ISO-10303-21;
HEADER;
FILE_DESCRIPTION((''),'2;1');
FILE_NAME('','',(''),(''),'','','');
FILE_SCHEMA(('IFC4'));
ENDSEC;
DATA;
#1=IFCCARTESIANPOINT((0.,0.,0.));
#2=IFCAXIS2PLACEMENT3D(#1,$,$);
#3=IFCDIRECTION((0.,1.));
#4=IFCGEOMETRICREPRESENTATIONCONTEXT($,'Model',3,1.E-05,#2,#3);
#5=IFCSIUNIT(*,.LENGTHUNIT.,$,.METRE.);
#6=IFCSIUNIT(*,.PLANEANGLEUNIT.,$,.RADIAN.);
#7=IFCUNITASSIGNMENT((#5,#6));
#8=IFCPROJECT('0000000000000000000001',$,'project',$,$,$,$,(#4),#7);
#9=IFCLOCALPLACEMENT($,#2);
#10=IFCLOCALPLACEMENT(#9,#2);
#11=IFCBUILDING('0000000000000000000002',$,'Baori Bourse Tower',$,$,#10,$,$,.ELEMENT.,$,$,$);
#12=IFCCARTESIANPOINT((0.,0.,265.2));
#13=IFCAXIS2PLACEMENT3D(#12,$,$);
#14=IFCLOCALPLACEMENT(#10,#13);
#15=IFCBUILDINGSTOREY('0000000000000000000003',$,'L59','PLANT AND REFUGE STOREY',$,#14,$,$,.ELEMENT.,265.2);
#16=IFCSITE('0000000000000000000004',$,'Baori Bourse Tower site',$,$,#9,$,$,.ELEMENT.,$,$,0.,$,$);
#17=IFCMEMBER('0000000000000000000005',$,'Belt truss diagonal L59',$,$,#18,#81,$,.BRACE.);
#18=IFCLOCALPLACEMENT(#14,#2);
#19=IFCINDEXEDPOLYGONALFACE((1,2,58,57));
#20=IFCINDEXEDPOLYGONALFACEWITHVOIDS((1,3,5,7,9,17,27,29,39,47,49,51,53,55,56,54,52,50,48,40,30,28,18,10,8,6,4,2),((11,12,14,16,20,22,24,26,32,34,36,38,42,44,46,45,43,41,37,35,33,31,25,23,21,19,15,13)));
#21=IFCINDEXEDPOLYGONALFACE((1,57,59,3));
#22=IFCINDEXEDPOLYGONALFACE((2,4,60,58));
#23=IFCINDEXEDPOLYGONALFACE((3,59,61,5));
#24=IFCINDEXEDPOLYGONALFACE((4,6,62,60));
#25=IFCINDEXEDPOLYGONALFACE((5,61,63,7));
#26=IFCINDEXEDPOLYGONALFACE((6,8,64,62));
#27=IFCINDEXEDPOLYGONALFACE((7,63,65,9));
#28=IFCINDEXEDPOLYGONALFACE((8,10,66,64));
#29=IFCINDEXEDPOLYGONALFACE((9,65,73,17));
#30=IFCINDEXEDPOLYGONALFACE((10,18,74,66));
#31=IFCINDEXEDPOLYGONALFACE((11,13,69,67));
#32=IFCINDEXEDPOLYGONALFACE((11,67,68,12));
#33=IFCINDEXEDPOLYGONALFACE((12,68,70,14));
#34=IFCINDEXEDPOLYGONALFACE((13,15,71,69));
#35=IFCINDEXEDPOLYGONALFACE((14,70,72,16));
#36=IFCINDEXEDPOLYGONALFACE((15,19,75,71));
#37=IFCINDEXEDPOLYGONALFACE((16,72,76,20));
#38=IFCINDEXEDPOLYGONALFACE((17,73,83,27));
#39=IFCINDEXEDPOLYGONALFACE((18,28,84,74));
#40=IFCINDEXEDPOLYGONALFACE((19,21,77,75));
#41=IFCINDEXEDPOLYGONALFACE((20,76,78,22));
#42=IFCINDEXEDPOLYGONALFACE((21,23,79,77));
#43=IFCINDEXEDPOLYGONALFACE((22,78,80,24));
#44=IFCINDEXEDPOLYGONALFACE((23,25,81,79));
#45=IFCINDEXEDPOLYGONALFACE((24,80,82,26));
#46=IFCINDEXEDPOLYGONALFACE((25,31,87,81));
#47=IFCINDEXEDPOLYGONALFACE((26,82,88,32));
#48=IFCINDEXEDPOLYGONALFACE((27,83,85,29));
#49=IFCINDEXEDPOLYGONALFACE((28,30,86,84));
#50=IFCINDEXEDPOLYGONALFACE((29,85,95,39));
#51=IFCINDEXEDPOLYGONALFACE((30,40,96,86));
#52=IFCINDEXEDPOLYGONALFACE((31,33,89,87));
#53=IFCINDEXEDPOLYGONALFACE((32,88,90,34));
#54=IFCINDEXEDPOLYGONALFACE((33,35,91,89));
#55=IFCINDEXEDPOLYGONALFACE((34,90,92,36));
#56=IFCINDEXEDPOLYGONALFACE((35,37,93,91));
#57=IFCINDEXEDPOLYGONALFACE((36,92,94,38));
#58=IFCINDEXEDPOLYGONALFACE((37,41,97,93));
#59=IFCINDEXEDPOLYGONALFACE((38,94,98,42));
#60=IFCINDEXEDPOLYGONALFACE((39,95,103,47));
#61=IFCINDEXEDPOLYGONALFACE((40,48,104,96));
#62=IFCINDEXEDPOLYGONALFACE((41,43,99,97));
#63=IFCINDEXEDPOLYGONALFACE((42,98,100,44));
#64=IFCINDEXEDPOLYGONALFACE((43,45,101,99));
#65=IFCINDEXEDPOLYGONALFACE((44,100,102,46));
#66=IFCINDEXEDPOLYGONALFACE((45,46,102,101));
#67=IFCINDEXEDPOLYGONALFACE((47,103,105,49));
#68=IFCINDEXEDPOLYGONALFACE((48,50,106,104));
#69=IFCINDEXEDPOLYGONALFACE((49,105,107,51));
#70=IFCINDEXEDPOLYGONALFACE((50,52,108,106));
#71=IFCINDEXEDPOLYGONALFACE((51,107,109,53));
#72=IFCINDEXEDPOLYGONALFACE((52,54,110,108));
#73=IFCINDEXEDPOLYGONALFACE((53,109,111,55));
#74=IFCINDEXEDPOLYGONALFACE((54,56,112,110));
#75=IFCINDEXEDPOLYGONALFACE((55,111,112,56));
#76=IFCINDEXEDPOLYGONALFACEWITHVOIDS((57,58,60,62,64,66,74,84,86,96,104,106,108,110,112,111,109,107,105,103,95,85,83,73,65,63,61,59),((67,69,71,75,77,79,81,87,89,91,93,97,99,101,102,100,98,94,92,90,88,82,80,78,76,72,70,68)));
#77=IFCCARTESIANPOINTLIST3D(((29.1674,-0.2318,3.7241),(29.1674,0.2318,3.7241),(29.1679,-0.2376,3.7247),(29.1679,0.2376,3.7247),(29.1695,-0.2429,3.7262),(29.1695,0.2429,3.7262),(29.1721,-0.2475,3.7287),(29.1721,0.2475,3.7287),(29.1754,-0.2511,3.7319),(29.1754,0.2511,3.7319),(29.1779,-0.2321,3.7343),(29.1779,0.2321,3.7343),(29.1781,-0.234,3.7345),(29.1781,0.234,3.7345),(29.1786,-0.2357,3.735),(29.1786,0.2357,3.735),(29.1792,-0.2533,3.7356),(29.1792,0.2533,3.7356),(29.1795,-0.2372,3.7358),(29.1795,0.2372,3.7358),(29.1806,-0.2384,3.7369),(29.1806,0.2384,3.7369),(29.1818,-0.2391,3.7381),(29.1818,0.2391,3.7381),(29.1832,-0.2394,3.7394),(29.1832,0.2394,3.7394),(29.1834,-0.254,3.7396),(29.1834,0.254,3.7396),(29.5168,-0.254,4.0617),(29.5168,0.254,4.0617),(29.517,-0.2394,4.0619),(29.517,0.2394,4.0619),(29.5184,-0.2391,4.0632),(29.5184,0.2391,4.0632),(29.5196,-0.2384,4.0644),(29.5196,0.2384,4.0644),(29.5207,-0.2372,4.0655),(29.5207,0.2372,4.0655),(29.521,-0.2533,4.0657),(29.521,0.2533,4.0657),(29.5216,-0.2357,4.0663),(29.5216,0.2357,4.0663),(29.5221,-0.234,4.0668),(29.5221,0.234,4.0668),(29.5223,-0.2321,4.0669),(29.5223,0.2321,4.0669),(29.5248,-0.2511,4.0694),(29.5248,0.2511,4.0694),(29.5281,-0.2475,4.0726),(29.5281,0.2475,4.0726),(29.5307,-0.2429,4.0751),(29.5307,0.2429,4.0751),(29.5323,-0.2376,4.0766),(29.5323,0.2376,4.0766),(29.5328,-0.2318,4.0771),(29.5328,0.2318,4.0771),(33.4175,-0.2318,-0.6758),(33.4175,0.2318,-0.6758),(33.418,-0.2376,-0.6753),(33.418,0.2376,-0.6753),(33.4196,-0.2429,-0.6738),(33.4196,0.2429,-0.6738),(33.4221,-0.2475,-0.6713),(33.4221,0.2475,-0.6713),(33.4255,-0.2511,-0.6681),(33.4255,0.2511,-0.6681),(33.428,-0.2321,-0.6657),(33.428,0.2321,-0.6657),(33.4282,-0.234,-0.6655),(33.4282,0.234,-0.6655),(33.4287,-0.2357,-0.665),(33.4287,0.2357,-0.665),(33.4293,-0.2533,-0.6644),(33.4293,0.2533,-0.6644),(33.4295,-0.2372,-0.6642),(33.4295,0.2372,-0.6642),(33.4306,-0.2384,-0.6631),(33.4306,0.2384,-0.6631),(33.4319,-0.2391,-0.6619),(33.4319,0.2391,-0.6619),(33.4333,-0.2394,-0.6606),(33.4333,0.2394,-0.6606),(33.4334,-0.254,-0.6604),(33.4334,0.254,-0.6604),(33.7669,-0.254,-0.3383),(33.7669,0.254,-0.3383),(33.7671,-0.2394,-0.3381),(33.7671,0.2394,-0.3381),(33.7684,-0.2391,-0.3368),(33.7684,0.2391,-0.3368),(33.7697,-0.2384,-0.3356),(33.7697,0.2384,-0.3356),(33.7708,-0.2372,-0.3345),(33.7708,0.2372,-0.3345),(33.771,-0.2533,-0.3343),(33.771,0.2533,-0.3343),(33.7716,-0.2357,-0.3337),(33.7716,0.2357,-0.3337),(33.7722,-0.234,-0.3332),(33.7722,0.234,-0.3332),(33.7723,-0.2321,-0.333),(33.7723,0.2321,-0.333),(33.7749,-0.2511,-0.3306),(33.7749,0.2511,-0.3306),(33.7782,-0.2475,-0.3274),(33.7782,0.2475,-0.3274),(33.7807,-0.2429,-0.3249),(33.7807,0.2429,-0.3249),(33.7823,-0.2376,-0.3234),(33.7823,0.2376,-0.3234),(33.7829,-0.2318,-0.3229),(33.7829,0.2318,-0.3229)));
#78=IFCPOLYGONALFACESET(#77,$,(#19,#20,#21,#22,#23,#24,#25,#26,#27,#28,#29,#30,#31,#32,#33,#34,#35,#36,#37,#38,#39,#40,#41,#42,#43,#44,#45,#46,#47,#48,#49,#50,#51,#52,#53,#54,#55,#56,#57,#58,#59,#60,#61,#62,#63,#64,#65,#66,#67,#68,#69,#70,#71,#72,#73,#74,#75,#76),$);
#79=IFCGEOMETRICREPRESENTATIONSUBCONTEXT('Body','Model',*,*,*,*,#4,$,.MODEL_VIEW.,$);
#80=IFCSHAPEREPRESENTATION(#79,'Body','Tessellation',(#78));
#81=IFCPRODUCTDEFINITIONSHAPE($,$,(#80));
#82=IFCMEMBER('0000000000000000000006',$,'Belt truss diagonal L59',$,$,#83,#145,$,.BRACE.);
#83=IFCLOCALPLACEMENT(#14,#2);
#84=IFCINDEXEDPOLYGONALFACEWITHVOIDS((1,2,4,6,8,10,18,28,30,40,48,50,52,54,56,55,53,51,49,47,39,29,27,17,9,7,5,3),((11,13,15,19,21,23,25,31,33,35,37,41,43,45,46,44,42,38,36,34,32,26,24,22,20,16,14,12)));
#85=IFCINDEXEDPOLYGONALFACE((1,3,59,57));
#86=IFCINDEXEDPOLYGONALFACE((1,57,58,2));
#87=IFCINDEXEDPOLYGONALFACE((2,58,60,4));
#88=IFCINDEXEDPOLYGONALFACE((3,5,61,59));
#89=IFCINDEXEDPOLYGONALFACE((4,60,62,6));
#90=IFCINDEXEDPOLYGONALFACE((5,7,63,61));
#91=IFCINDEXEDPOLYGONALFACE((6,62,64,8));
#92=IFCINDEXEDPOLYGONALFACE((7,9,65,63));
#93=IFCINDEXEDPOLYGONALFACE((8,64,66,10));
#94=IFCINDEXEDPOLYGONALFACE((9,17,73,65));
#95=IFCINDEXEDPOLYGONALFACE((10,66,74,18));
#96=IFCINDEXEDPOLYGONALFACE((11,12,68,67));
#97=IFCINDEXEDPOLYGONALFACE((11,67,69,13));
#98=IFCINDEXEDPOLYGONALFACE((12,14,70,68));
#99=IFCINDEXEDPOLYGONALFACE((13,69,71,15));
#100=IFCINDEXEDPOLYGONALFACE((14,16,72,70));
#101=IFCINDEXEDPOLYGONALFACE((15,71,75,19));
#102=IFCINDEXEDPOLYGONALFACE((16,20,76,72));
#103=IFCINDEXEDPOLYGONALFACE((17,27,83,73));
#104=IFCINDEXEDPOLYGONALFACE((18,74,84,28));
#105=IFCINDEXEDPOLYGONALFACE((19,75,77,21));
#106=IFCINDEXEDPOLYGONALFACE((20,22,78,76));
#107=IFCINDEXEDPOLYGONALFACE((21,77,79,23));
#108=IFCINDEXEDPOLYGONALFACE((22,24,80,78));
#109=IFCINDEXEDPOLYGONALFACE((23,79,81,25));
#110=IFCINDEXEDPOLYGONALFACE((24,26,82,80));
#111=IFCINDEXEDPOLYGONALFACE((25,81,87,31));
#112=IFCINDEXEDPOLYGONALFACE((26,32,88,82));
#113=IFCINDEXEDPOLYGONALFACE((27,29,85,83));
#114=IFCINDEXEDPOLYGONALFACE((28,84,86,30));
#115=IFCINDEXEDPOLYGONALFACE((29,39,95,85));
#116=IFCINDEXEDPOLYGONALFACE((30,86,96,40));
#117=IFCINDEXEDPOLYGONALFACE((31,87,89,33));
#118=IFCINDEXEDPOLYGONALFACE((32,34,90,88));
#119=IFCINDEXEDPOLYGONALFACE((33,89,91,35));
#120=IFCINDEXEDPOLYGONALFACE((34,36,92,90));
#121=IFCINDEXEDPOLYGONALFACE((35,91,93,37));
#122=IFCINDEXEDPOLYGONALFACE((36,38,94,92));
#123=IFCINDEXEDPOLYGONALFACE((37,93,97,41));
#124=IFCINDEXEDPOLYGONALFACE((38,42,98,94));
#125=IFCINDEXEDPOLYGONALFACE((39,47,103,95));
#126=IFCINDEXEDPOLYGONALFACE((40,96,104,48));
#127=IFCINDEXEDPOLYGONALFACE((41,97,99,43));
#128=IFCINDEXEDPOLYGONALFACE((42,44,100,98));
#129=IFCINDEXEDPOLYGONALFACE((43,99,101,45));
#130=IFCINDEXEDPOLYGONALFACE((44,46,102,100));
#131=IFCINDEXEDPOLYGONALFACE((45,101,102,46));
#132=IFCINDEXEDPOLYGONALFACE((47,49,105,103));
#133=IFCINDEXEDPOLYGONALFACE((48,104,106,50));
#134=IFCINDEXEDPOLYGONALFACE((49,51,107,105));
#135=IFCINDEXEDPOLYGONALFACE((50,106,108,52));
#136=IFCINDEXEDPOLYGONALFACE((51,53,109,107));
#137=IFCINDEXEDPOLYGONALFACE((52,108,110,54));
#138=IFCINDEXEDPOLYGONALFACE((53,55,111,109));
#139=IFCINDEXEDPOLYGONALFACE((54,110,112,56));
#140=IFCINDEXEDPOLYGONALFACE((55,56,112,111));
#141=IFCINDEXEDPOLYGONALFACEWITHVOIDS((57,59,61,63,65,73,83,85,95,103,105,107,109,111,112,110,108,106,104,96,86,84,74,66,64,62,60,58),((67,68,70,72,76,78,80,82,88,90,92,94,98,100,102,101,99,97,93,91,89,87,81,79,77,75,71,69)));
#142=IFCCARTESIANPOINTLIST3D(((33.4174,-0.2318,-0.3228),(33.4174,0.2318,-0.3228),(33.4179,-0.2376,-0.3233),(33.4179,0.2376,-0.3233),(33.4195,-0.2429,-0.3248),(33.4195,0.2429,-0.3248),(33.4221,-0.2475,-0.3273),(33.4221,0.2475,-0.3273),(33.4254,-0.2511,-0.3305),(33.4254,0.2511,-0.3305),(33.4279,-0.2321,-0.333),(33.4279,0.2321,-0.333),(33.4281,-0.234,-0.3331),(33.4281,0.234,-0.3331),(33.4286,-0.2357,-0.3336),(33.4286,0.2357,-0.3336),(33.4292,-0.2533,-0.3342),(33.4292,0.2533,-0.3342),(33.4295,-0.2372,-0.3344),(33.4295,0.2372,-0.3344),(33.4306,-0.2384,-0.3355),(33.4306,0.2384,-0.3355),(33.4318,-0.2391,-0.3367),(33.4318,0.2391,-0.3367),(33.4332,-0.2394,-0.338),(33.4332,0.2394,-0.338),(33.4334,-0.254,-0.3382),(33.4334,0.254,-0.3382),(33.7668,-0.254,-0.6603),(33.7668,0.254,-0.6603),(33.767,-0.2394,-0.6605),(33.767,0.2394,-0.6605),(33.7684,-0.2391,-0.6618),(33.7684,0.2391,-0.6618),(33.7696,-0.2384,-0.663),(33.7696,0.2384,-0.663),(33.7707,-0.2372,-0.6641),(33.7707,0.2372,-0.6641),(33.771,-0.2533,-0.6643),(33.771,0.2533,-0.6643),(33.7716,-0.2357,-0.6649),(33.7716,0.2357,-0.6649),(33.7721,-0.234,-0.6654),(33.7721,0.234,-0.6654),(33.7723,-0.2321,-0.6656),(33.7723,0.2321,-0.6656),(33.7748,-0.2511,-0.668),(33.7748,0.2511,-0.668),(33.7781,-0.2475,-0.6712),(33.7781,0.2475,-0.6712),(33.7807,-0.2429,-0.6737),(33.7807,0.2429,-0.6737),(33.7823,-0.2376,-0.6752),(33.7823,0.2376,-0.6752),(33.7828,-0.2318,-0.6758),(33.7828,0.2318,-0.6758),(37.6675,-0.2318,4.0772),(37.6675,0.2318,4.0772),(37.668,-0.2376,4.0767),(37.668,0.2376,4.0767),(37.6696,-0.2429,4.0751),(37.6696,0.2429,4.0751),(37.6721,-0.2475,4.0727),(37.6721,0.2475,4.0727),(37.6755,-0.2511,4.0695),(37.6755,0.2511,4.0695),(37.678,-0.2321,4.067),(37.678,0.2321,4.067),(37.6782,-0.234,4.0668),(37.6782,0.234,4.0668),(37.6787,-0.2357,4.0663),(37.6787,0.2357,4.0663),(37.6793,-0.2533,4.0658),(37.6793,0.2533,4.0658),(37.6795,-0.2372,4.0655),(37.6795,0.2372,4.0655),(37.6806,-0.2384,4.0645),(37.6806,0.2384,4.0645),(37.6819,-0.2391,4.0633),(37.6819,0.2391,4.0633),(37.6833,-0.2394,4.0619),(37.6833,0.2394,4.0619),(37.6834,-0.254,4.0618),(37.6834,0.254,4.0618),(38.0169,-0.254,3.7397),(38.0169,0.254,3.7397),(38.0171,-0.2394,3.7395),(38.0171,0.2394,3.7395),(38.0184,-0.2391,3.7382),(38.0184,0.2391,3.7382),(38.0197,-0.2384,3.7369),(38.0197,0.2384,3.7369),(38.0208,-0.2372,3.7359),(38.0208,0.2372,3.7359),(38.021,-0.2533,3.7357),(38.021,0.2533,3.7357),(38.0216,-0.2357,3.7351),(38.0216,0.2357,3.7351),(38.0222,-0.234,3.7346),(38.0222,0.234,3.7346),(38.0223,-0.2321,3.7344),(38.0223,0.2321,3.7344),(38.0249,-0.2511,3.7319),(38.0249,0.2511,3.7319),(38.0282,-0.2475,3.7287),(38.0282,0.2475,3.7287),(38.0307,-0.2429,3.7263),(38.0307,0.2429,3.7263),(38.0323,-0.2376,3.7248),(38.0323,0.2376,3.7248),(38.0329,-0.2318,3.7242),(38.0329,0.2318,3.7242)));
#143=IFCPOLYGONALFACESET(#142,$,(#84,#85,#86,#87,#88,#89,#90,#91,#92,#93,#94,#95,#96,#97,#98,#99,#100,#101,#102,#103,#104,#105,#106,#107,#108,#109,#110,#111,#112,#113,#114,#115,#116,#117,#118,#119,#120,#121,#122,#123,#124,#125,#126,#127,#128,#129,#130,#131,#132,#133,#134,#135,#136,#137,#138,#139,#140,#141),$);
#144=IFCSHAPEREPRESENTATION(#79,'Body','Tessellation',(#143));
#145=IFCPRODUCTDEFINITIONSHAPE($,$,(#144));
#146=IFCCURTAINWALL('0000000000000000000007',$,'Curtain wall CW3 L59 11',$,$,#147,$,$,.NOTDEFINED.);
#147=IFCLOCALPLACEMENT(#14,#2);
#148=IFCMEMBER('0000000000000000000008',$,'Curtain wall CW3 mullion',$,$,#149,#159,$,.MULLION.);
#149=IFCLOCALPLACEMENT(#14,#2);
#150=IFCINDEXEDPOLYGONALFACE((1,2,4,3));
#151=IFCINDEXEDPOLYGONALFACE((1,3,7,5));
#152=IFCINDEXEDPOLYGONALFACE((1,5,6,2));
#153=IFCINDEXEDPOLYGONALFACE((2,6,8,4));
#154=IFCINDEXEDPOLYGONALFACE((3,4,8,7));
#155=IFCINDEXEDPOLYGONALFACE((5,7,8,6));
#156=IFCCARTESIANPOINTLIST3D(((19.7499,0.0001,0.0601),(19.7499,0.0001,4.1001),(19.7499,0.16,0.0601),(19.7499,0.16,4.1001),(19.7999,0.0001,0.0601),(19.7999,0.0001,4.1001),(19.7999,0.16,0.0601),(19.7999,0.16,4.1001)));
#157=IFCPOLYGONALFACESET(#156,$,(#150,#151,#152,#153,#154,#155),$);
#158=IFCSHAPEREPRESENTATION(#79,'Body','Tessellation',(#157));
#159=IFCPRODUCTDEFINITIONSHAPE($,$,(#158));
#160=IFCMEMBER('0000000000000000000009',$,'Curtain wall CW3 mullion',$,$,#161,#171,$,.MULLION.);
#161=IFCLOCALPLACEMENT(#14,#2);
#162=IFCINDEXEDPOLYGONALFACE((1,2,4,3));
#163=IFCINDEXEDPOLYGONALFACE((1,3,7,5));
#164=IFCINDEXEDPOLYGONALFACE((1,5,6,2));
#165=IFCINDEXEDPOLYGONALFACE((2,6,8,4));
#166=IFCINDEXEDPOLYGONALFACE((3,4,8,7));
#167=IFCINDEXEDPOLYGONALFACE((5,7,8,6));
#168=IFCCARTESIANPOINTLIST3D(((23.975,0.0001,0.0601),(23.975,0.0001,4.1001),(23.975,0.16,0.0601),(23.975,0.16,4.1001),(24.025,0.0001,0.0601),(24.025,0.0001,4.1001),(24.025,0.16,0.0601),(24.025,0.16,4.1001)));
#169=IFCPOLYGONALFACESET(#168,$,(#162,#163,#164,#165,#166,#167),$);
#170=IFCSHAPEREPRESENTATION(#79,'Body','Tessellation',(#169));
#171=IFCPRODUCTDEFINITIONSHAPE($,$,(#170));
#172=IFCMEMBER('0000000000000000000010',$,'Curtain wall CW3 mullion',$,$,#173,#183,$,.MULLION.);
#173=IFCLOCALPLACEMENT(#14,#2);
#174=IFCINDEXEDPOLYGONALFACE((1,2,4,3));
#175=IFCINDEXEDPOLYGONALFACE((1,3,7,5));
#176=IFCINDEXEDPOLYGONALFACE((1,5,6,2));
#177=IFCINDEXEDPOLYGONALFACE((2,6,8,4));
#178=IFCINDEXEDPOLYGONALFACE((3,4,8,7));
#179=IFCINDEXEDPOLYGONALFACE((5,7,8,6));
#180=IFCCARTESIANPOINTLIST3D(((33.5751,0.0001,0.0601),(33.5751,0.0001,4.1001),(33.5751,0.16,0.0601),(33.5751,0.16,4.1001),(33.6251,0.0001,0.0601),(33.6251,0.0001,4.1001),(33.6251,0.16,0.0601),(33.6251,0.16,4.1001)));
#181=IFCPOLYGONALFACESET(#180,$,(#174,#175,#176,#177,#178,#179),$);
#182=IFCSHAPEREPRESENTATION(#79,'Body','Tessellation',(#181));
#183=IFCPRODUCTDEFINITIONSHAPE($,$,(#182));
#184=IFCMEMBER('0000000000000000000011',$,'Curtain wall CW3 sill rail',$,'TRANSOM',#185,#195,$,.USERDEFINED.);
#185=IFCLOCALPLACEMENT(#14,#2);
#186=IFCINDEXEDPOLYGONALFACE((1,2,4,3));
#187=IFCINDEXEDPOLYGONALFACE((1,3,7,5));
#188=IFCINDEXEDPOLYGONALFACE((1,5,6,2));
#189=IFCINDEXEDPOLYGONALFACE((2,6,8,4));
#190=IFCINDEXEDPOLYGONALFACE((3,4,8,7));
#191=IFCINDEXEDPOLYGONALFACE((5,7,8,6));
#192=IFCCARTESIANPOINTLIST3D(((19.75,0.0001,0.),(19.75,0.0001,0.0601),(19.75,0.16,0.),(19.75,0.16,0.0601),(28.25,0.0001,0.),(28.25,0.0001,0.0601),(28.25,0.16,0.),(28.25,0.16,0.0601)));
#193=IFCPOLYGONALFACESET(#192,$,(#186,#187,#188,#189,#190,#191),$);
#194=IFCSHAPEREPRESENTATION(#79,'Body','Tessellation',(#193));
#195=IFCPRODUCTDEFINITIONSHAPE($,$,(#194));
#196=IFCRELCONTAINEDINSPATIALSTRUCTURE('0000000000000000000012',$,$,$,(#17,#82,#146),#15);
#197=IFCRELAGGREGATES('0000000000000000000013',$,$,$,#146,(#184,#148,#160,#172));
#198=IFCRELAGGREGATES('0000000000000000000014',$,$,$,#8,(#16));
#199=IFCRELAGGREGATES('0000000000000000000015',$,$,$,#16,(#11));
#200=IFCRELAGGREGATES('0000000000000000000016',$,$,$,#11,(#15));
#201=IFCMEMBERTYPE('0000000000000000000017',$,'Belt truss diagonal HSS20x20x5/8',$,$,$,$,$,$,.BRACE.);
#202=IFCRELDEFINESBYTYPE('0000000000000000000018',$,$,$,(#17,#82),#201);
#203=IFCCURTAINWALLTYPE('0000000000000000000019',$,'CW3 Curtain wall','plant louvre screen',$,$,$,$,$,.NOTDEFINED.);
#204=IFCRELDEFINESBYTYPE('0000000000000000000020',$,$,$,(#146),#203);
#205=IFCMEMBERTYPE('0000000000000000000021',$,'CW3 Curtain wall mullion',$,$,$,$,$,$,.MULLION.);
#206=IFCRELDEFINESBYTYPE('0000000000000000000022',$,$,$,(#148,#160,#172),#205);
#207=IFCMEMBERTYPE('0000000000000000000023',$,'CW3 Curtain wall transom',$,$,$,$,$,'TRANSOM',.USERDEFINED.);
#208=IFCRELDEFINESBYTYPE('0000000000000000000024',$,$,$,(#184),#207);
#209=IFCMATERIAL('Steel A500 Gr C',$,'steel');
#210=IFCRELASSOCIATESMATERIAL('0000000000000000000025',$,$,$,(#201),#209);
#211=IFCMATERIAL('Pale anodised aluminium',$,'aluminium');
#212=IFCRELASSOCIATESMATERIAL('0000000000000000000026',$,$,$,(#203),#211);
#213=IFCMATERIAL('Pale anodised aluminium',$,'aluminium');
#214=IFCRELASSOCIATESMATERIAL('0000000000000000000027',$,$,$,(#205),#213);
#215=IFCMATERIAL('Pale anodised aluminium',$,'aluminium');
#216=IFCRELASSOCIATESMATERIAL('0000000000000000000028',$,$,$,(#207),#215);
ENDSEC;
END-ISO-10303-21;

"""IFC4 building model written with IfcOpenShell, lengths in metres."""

from ifc_helpers import new_model, si_unit, direction, frame, origin, origin_2d, place, context, subcontext, project, spatial, rectangle, hollow_rectangle, extrude, material, material_profile, profile_set, type_object, element, aggregate, save


model = new_model("IFC4")

# Units and contexts
model_context = context("Model", 3, precision=1e-05, world=origin(), true_north=direction((0.0, 1.0)))
body_context = subcontext(model_context, "Body", "Model", "MODEL_VIEW")
ifc_project = project(units=[si_unit("LENGTHUNIT", "METRE"), si_unit("PLANEANGLEUNIT", "RADIAN")], contexts=[model_context])

# Site, building, storey
site_placement = place(None, origin())
site = spatial("IfcSite", under=ifc_project, at=site_placement, Name="Baori Bourse Tower site", CompositionType="ELEMENT", RefElevation=0.0)
building_placement = place(site_placement, origin())
building = spatial("IfcBuilding", under=site, at=building_placement, Name="Baori Bourse Tower", CompositionType="ELEMENT")
storey_placement = place(building_placement, frame((0.0, 0.0, 265.2)))
storey = spatial("IfcBuildingStorey", under=building, at=storey_placement, Name="L59", Description="PLANT AND REFUGE STOREY", CompositionType="ELEMENT", Elevation=265.2)

# Members
ifc_material_1 = material(Name="Steel A500 Gr C", Category="steel")
ifc_material_profile_1 = material_profile(ifc_material_1, hollow_rectangle(XDim=0.5081, YDim=0.5081, WallThickness=0.0146, InnerFilletRadius=0.0073, OuterFilletRadius=0.0222, at=origin_2d()), Name="HSS20x20x5/8")
ifc_profile_set_1 = profile_set([ifc_material_profile_1], Name="Steel A500 Gr C")
member_type_1 = type_object("IfcMemberType", Name="Belt truss diagonal HSS20x20x5/8", PredefinedType="BRACE", material=ifc_profile_set_1)
for number, where, z_axis, x_axis, name in (
    (1, (29.3501, 0.0, 3.9006), (0.694748, 0.0, -0.719253), (0.0, 1.0, 0.0), "Belt truss diagonal L59"),
    (2, (33.6001, 0.0, -0.4993), (0.694748, 0.0, 0.719253), (0.0, 1.0, 0.0), "Belt truss diagonal L59"),
):
    element("IfcMember", number, at=place(storey_placement, frame(where, z_axis=z_axis, x_axis=x_axis)), inside=storey, type_object=member_type_1, Name=name, PredefinedType="BRACE", context=body_context, shape_type="SweptSolid", body=[
        extrude(hollow_rectangle(XDim=0.5081, YDim=0.5081, WallThickness=0.0146, InnerFilletRadius=0.0073, OuterFilletRadius=0.0222, at=origin_2d()), origin(), (0.0, 0.0, 1.0), 6.1174),
    ])

# Curtain wall, members
ifc_material_2 = material(Name="Pale anodised aluminium", Category="aluminium")
curtain_wall_type = type_object("IfcCurtainWallType", Name="CW3 Curtain wall", Description="plant louvre screen", PredefinedType="NOTDEFINED", material=ifc_material_2)
curtain_wall_placement = place(storey_placement, origin())
curtain_wall = element("IfcCurtainWall", 3, at=curtain_wall_placement, inside=storey, type_object=curtain_wall_type, Name="Curtain wall CW3 L59 11", PredefinedType="NOTDEFINED")
ifc_material_3 = material(Name="Pale anodised aluminium", Category="aluminium")
ifc_material_profile_2 = material_profile(ifc_material_3, rectangle(XDim=0.1599, YDim=0.05, at=origin_2d()), Name="Mullion 50x160")
ifc_profile_set_2 = profile_set([ifc_material_profile_2], Name="Pale anodised aluminium")
member_type_2 = type_object("IfcMemberType", Name="CW3 Curtain wall mullion", PredefinedType="MULLION", material=ifc_profile_set_2)
member_1_placement = place(storey_placement, frame((19.7749, 0.0801, 0.0601), z_axis=(0.0, 0.0, 1.0), x_axis=(0.0, 1.0, 0.0)))
member_1 = element("IfcMember", 4, at=member_1_placement, type_object=member_type_2, Name="Curtain wall CW3 mullion", PredefinedType="MULLION", context=body_context, shape_type="SweptSolid", body=[
    extrude(rectangle(XDim=0.1599, YDim=0.05, at=origin_2d()), origin(), (0.0, 0.0, 1.0), 4.04),
])
member_2_placement = place(storey_placement, frame((24.0, 0.0801, 0.0601), z_axis=(0.0, 0.0, 1.0), x_axis=(0.0, 1.0, 0.0)))
member_2 = element("IfcMember", 5, at=member_2_placement, type_object=member_type_2, Name="Curtain wall CW3 mullion", PredefinedType="MULLION", context=body_context, shape_type="SweptSolid", body=[
    extrude(rectangle(XDim=0.1599, YDim=0.05, at=origin_2d()), origin(), (0.0, 0.0, 1.0), 4.04),
])
member_3_placement = place(storey_placement, frame((33.6001, 0.0801, 0.0601), z_axis=(0.0, 0.0, 1.0), x_axis=(0.0, 1.0, 0.0)))
member_3 = element("IfcMember", 6, at=member_3_placement, type_object=member_type_2, Name="Curtain wall CW3 mullion", PredefinedType="MULLION", context=body_context, shape_type="SweptSolid", body=[
    extrude(rectangle(XDim=0.1599, YDim=0.05, at=origin_2d()), origin(), (0.0, 0.0, 1.0), 4.04),
])
ifc_material_4 = material(Name="Pale anodised aluminium", Category="aluminium")
ifc_material_profile_3 = material_profile(ifc_material_4, rectangle(XDim=0.1599, YDim=0.0601, at=origin_2d()), Name="Transom 60x160")
ifc_profile_set_3 = profile_set([ifc_material_profile_3], Name="Pale anodised aluminium")
member_type_3 = type_object("IfcMemberType", Name="CW3 Curtain wall transom", ElementType="TRANSOM", PredefinedType="USERDEFINED", material=ifc_profile_set_3)
member_4_placement = place(storey_placement, frame((19.75, 0.0801, 0.03), z_axis=(1.0, 0.0, 0.0), x_axis=(0.0, 1.0, 0.0)))
member_4 = element("IfcMember", 7, at=member_4_placement, type_object=member_type_3, Name="Curtain wall CW3 sill rail", ObjectType="TRANSOM", PredefinedType="USERDEFINED", context=body_context, shape_type="SweptSolid", body=[
    extrude(rectangle(XDim=0.1599, YDim=0.0601, at=origin_2d()), origin(), (0.0, 0.0, 1.0), 8.5),
])
aggregate(curtain_wall, [member_4, member_1, member_2, member_3])

save(model, "model.ifc")
